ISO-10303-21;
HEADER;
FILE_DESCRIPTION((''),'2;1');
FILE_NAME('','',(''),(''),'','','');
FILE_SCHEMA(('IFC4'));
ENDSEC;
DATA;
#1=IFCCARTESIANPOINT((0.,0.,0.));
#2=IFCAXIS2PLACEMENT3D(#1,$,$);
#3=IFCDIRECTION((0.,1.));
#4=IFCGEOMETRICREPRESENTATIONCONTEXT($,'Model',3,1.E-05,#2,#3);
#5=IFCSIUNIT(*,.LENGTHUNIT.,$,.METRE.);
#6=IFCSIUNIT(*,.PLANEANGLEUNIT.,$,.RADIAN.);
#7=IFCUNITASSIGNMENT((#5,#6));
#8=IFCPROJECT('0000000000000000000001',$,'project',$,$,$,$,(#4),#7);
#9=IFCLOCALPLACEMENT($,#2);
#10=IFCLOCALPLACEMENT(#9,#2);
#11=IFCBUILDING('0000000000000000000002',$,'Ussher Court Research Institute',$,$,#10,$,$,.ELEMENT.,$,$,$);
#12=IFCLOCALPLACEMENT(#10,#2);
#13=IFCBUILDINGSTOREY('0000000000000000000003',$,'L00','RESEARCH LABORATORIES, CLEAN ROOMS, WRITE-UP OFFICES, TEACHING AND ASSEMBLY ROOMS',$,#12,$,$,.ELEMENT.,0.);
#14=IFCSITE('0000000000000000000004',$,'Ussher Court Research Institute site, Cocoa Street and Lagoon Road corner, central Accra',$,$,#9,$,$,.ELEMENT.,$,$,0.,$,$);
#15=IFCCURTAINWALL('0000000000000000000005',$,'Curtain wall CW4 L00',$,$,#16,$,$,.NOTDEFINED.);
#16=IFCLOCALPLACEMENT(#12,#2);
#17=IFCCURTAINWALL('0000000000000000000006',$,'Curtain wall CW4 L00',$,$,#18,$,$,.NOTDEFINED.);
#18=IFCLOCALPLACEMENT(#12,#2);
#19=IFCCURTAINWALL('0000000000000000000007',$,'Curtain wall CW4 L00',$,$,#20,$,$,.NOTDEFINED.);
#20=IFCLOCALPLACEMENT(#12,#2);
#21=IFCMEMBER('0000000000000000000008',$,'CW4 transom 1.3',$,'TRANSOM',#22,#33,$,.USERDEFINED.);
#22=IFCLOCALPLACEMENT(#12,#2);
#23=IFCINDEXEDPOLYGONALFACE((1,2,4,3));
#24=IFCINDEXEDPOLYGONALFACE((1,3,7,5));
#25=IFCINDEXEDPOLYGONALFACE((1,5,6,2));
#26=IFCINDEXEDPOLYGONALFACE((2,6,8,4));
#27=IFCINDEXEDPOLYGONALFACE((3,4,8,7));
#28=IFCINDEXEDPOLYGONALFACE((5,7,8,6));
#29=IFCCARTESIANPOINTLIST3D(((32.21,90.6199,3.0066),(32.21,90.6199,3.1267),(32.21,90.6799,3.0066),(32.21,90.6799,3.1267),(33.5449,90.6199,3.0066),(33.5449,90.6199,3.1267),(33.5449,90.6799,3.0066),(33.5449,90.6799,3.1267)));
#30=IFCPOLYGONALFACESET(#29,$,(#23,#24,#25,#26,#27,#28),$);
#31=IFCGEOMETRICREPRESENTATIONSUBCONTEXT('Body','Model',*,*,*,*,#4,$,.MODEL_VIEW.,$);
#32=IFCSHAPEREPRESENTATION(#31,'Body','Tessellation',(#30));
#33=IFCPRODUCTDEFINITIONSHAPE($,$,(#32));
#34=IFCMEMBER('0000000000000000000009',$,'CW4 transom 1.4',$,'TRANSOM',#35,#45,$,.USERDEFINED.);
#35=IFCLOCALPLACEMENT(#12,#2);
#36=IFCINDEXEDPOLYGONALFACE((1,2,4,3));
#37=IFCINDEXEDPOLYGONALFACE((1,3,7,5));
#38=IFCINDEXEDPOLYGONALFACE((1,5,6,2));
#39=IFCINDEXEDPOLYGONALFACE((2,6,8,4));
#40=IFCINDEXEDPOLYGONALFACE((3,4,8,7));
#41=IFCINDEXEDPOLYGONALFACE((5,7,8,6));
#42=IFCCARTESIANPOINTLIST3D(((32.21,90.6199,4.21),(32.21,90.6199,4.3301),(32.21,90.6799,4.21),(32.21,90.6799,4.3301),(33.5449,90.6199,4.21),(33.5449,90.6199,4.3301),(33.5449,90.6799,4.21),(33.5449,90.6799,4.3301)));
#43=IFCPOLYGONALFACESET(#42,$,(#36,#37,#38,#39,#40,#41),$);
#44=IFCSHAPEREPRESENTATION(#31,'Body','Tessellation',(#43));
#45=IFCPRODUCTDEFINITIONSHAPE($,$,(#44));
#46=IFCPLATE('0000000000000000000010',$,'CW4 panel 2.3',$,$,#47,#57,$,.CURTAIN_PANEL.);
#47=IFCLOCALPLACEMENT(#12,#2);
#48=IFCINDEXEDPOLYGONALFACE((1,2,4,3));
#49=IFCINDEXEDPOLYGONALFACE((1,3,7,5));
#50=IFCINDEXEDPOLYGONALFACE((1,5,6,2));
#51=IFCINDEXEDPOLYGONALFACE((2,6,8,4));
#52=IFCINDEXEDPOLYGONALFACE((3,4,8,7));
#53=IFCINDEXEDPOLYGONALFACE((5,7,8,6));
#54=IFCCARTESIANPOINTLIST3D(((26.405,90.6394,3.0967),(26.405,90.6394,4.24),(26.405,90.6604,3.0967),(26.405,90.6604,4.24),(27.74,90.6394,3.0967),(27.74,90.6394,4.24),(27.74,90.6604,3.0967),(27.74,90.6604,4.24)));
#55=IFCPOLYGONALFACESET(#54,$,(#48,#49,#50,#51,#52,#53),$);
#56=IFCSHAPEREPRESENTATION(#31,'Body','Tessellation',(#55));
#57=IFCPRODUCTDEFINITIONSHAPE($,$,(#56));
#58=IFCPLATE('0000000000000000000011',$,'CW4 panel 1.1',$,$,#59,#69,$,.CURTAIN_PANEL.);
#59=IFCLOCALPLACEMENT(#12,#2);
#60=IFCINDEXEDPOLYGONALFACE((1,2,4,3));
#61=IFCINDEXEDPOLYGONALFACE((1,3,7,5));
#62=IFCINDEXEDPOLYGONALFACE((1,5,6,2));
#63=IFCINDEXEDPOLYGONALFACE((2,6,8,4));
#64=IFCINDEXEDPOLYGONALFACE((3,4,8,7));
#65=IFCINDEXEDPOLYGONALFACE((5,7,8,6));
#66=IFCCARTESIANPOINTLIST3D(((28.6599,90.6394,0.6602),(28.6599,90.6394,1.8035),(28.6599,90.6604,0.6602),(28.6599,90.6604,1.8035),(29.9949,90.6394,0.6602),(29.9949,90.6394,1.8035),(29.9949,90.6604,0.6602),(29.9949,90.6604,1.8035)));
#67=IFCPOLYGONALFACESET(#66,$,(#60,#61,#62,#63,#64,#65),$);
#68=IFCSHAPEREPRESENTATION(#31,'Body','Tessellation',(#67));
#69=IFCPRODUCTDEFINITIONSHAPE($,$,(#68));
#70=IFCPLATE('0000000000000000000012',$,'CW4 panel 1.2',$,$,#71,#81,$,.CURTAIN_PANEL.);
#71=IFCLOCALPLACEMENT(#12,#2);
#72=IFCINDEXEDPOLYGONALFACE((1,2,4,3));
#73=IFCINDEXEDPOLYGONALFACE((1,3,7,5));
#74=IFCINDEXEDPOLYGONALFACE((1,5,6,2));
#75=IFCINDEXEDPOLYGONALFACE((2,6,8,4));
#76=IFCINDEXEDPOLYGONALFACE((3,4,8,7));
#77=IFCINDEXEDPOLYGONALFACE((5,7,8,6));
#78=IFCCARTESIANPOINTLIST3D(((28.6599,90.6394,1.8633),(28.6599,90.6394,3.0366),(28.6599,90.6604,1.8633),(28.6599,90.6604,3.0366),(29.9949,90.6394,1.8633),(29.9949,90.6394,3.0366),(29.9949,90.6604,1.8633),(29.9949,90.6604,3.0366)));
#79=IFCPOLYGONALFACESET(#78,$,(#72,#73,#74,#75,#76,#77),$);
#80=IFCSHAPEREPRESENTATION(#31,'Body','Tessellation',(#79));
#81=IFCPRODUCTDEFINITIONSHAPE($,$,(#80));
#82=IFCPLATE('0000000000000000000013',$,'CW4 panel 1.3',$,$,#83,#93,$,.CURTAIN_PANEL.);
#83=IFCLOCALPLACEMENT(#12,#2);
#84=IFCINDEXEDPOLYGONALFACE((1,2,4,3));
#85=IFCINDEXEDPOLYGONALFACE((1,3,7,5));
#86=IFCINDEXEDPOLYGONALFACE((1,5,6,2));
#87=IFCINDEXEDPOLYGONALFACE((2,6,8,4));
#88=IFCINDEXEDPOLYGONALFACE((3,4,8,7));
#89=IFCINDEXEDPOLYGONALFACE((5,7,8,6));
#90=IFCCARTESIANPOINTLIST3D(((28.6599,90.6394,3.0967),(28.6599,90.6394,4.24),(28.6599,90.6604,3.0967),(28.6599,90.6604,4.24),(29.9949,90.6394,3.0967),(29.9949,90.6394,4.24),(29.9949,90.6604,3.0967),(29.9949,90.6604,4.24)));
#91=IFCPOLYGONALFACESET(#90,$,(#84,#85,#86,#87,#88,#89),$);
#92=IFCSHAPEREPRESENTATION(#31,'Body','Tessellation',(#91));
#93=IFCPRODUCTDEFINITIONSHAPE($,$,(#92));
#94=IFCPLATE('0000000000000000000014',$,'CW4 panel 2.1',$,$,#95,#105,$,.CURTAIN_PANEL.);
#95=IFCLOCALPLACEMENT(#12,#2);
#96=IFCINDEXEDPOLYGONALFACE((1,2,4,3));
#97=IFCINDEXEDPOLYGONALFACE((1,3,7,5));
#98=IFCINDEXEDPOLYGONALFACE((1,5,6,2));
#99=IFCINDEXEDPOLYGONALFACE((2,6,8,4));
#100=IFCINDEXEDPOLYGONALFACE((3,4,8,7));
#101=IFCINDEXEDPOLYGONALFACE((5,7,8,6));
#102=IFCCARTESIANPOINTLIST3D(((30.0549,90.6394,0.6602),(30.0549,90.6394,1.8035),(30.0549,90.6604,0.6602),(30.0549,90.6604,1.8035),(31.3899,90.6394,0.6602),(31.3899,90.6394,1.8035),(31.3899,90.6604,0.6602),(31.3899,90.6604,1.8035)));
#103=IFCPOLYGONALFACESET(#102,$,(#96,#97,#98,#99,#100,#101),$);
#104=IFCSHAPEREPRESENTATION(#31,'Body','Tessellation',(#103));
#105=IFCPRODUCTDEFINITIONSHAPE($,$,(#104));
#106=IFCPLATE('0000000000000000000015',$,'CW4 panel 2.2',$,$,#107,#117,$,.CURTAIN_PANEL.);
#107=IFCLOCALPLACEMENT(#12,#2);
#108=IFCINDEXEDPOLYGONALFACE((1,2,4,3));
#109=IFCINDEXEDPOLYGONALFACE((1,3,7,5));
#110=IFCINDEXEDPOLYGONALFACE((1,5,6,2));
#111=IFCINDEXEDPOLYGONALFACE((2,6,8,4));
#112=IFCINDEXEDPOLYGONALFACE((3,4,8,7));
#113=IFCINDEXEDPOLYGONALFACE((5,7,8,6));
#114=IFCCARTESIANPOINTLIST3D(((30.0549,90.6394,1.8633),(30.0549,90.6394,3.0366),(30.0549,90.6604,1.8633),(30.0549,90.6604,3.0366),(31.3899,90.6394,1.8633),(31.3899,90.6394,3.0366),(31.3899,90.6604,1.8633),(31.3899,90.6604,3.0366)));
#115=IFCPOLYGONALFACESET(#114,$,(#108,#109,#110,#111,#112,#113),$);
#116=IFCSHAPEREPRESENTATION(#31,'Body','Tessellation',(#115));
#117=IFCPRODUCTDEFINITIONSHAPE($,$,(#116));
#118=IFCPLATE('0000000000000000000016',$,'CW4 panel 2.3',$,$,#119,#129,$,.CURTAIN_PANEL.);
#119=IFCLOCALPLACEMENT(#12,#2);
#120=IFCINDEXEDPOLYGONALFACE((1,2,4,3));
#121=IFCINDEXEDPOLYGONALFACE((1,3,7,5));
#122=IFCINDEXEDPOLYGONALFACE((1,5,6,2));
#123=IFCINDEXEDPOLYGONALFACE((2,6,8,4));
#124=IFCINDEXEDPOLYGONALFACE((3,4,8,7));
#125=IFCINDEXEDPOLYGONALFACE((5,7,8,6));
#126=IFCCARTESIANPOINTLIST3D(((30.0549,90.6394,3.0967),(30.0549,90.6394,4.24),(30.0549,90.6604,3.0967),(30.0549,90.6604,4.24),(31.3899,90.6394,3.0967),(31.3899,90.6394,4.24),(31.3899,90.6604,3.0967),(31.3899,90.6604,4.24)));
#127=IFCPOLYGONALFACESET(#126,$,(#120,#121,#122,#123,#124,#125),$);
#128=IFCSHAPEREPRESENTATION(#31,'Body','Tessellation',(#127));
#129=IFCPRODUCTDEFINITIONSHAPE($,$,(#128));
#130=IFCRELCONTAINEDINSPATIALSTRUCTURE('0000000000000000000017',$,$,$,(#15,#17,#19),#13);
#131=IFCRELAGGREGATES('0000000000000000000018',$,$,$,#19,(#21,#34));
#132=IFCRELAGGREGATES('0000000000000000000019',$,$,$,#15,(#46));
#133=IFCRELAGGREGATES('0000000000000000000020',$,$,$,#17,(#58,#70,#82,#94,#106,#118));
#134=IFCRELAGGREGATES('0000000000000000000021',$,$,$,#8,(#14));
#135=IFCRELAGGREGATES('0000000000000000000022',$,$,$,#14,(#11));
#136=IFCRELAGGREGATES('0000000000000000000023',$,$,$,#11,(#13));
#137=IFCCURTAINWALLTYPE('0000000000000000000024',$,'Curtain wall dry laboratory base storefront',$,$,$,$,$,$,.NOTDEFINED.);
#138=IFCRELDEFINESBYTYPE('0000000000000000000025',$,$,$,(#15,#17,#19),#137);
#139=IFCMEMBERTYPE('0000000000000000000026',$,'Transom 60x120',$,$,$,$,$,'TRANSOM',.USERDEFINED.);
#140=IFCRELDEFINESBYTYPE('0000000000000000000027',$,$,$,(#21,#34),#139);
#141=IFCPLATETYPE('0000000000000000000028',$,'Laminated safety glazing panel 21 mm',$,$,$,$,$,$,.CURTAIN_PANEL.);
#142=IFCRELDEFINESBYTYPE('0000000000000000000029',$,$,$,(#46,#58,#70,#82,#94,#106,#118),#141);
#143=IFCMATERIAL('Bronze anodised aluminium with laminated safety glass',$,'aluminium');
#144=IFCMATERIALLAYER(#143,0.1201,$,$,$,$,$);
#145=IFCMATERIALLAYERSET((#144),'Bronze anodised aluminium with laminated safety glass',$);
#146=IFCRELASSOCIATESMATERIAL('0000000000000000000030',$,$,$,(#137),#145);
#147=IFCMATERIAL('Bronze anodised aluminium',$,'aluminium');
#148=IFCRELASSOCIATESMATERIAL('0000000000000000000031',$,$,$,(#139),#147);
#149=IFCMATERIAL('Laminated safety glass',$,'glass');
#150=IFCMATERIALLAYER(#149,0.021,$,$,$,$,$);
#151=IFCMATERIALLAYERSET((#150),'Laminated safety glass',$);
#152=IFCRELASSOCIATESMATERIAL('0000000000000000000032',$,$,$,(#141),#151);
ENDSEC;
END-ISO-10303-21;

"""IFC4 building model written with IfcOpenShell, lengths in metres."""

from ifc_helpers import new_model, si_unit, direction, frame, origin, origin_2d, place, context, subcontext, project, spatial, rectangle, extrude, material, layer, layer_set, material_profile, profile_set, type_object, element, aggregate, save


model = new_model("IFC4")

# Units and contexts
model_context = context("Model", 3, precision=1e-05, world=origin(), true_north=direction((0.0, 1.0)))
body_context = subcontext(model_context, "Body", "Model", "MODEL_VIEW")
ifc_project = project(units=[si_unit("LENGTHUNIT", "METRE"), si_unit("PLANEANGLEUNIT", "RADIAN")], contexts=[model_context])

# Site, building, storey
site_placement = place(None, origin())
site = spatial("IfcSite", under=ifc_project, at=site_placement, Name="Ussher Court Research Institute site, Cocoa Street and Lagoon Road corner, central Accra", CompositionType="ELEMENT", RefElevation=0.0)
building_placement = place(site_placement, origin())
building = spatial("IfcBuilding", under=site, at=building_placement, Name="Ussher Court Research Institute", CompositionType="ELEMENT")
storey_placement = place(building_placement, origin())
storey = spatial("IfcBuildingStorey", under=building, at=storey_placement, Name="L00", Description="RESEARCH LABORATORIES, CLEAN ROOMS, WRITE-UP OFFICES, TEACHING AND ASSEMBLY ROOMS", CompositionType="ELEMENT", Elevation=0.0)

# Curtain wall
ifc_material_1 = material(Name="Bronze anodised aluminium with laminated safety glass", Category="aluminium")
ifc_layer_1 = layer(ifc_material_1, 0.1201)
ifc_layer_set_1 = layer_set([ifc_layer_1], Name="Bronze anodised aluminium with laminated safety glass")
curtain_wall_type = type_object("IfcCurtainWallType", Name="Curtain wall dry laboratory base storefront", PredefinedType="NOTDEFINED", material=ifc_layer_set_1)
curtain_wall_1_placement = place(storey_placement, origin())
curtain_wall_1 = element("IfcCurtainWall", 1, at=curtain_wall_1_placement, inside=storey, type_object=curtain_wall_type, Name="Curtain wall CW4 L00", PredefinedType="NOTDEFINED")

# Curtain wall
curtain_wall_2_placement = place(storey_placement, origin())
curtain_wall_2 = element("IfcCurtainWall", 2, at=curtain_wall_2_placement, inside=storey, type_object=curtain_wall_type, Name="Curtain wall CW4 L00", PredefinedType="NOTDEFINED")

# Curtain wall
curtain_wall_3_placement = place(storey_placement, origin())
curtain_wall_3 = element("IfcCurtainWall", 3, at=curtain_wall_3_placement, inside=storey, type_object=curtain_wall_type, Name="Curtain wall CW4 L00", PredefinedType="NOTDEFINED")

# Members
ifc_material_2 = material(Name="Bronze anodised aluminium", Category="aluminium")
ifc_material_profile_1 = material_profile(ifc_material_2, rectangle(XDim=0.0601, YDim=0.1201, at=origin_2d()), Name="Transom 60x120")
ifc_profile_set_1 = profile_set([ifc_material_profile_1], Name="Bronze anodised aluminium")
member_type_1 = type_object("IfcMemberType", Name="Transom 60x120", ElementType="TRANSOM", PredefinedType="USERDEFINED", material=ifc_profile_set_1)
member_1_placement = place(storey_placement, frame((32.21, 90.6499, 3.0667), z_axis=(1.0, 0.0, 0.0), x_axis=(0.0, 1.0, 0.0)))
member_1 = element("IfcMember", 4, at=member_1_placement, type_object=member_type_1, Name="CW4 transom 1.3", ObjectType="TRANSOM", PredefinedType="USERDEFINED", context=body_context, shape_type="SweptSolid", body=[
    extrude(rectangle(XDim=0.0601, YDim=0.1201, at=origin_2d()), origin(), (0.0, 0.0, 1.0), 1.335),
])
member_2_placement = place(storey_placement, frame((32.21, 90.6499, 4.27), z_axis=(1.0, 0.0, 0.0), x_axis=(0.0, 1.0, 0.0)))
member_2 = element("IfcMember", 5, at=member_2_placement, type_object=member_type_1, Name="CW4 transom 1.4", ObjectType="TRANSOM", PredefinedType="USERDEFINED", context=body_context, shape_type="SweptSolid", body=[
    extrude(rectangle(XDim=0.0601, YDim=0.1201, at=origin_2d()), origin(), (0.0, 0.0, 1.0), 1.335),
])
aggregate(curtain_wall_3, [member_1, member_2])

# Plates
ifc_material_3 = material(Name="Laminated safety glass", Category="glass")
ifc_layer_2 = layer(ifc_material_3, 0.021)
ifc_layer_set_2 = layer_set([ifc_layer_2], Name="Laminated safety glass")
plate_type = type_object("IfcPlateType", Name="Laminated safety glazing panel 21 mm", PredefinedType="CURTAIN_PANEL", material=ifc_layer_set_2)
plate_1_placement = place(storey_placement, frame((27.0725, 90.6499, 3.0967), z_axis=(0.0, 0.0, 1.0), x_axis=(1.0, 0.0, 0.0)))
plate_1 = element("IfcPlate", 6, at=plate_1_placement, type_object=plate_type, Name="CW4 panel 2.3", PredefinedType="CURTAIN_PANEL", context=body_context, shape_type="SweptSolid", body=[
    extrude(rectangle(XDim=1.335, YDim=0.021, at=origin_2d()), origin(), (0.0, 0.0, 1.0), 1.1433),
])
aggregate(curtain_wall_1, [plate_1])
plate_2_placement = place(storey_placement, frame((29.3274, 90.6499, 0.6602), z_axis=(0.0, 0.0, 1.0), x_axis=(1.0, 0.0, 0.0)))
plate_2 = element("IfcPlate", 7, at=plate_2_placement, type_object=plate_type, Name="CW4 panel 1.1", PredefinedType="CURTAIN_PANEL", context=body_context, shape_type="SweptSolid", body=[
    extrude(rectangle(XDim=1.335, YDim=0.021, at=origin_2d()), origin(), (0.0, 0.0, 1.0), 1.1433),
])
plate_3_placement = place(storey_placement, frame((29.3274, 90.6499, 1.8633), z_axis=(0.0, 0.0, 1.0), x_axis=(1.0, 0.0, 0.0)))
plate_3 = element("IfcPlate", 8, at=plate_3_placement, type_object=plate_type, Name="CW4 panel 1.2", PredefinedType="CURTAIN_PANEL", context=body_context, shape_type="SweptSolid", body=[
    extrude(rectangle(XDim=1.335, YDim=0.021, at=origin_2d()), origin(), (0.0, 0.0, 1.0), 1.1733),
])
plate_4_placement = place(storey_placement, frame((29.3274, 90.6499, 3.0967), z_axis=(0.0, 0.0, 1.0), x_axis=(1.0, 0.0, 0.0)))
plate_4 = element("IfcPlate", 9, at=plate_4_placement, type_object=plate_type, Name="CW4 panel 1.3", PredefinedType="CURTAIN_PANEL", context=body_context, shape_type="SweptSolid", body=[
    extrude(rectangle(XDim=1.335, YDim=0.021, at=origin_2d()), origin(), (0.0, 0.0, 1.0), 1.1433),
])
plate_5_placement = place(storey_placement, frame((30.7224, 90.6499, 0.6602), z_axis=(0.0, 0.0, 1.0), x_axis=(1.0, 0.0, 0.0)))
plate_5 = element("IfcPlate", 10, at=plate_5_placement, type_object=plate_type, Name="CW4 panel 2.1", PredefinedType="CURTAIN_PANEL", context=body_context, shape_type="SweptSolid", body=[
    extrude(rectangle(XDim=1.335, YDim=0.021, at=origin_2d()), origin(), (0.0, 0.0, 1.0), 1.1433),
])
plate_6_placement = place(storey_placement, frame((30.7224, 90.6499, 1.8633), z_axis=(0.0, 0.0, 1.0), x_axis=(1.0, 0.0, 0.0)))
plate_6 = element("IfcPlate", 11, at=plate_6_placement, type_object=plate_type, Name="CW4 panel 2.2", PredefinedType="CURTAIN_PANEL", context=body_context, shape_type="SweptSolid", body=[
    extrude(rectangle(XDim=1.335, YDim=0.021, at=origin_2d()), origin(), (0.0, 0.0, 1.0), 1.1733),
])
plate_7_placement = place(storey_placement, frame((30.7224, 90.6499, 3.0967), z_axis=(0.0, 0.0, 1.0), x_axis=(1.0, 0.0, 0.0)))
plate_7 = element("IfcPlate", 12, at=plate_7_placement, type_object=plate_type, Name="CW4 panel 2.3", PredefinedType="CURTAIN_PANEL", context=body_context, shape_type="SweptSolid", body=[
    extrude(rectangle(XDim=1.335, YDim=0.021, at=origin_2d()), origin(), (0.0, 0.0, 1.0), 1.1433),
])
aggregate(curtain_wall_2, [plate_2, plate_3, plate_4, plate_5, plate_6, plate_7])

save(model, "model.ifc")
